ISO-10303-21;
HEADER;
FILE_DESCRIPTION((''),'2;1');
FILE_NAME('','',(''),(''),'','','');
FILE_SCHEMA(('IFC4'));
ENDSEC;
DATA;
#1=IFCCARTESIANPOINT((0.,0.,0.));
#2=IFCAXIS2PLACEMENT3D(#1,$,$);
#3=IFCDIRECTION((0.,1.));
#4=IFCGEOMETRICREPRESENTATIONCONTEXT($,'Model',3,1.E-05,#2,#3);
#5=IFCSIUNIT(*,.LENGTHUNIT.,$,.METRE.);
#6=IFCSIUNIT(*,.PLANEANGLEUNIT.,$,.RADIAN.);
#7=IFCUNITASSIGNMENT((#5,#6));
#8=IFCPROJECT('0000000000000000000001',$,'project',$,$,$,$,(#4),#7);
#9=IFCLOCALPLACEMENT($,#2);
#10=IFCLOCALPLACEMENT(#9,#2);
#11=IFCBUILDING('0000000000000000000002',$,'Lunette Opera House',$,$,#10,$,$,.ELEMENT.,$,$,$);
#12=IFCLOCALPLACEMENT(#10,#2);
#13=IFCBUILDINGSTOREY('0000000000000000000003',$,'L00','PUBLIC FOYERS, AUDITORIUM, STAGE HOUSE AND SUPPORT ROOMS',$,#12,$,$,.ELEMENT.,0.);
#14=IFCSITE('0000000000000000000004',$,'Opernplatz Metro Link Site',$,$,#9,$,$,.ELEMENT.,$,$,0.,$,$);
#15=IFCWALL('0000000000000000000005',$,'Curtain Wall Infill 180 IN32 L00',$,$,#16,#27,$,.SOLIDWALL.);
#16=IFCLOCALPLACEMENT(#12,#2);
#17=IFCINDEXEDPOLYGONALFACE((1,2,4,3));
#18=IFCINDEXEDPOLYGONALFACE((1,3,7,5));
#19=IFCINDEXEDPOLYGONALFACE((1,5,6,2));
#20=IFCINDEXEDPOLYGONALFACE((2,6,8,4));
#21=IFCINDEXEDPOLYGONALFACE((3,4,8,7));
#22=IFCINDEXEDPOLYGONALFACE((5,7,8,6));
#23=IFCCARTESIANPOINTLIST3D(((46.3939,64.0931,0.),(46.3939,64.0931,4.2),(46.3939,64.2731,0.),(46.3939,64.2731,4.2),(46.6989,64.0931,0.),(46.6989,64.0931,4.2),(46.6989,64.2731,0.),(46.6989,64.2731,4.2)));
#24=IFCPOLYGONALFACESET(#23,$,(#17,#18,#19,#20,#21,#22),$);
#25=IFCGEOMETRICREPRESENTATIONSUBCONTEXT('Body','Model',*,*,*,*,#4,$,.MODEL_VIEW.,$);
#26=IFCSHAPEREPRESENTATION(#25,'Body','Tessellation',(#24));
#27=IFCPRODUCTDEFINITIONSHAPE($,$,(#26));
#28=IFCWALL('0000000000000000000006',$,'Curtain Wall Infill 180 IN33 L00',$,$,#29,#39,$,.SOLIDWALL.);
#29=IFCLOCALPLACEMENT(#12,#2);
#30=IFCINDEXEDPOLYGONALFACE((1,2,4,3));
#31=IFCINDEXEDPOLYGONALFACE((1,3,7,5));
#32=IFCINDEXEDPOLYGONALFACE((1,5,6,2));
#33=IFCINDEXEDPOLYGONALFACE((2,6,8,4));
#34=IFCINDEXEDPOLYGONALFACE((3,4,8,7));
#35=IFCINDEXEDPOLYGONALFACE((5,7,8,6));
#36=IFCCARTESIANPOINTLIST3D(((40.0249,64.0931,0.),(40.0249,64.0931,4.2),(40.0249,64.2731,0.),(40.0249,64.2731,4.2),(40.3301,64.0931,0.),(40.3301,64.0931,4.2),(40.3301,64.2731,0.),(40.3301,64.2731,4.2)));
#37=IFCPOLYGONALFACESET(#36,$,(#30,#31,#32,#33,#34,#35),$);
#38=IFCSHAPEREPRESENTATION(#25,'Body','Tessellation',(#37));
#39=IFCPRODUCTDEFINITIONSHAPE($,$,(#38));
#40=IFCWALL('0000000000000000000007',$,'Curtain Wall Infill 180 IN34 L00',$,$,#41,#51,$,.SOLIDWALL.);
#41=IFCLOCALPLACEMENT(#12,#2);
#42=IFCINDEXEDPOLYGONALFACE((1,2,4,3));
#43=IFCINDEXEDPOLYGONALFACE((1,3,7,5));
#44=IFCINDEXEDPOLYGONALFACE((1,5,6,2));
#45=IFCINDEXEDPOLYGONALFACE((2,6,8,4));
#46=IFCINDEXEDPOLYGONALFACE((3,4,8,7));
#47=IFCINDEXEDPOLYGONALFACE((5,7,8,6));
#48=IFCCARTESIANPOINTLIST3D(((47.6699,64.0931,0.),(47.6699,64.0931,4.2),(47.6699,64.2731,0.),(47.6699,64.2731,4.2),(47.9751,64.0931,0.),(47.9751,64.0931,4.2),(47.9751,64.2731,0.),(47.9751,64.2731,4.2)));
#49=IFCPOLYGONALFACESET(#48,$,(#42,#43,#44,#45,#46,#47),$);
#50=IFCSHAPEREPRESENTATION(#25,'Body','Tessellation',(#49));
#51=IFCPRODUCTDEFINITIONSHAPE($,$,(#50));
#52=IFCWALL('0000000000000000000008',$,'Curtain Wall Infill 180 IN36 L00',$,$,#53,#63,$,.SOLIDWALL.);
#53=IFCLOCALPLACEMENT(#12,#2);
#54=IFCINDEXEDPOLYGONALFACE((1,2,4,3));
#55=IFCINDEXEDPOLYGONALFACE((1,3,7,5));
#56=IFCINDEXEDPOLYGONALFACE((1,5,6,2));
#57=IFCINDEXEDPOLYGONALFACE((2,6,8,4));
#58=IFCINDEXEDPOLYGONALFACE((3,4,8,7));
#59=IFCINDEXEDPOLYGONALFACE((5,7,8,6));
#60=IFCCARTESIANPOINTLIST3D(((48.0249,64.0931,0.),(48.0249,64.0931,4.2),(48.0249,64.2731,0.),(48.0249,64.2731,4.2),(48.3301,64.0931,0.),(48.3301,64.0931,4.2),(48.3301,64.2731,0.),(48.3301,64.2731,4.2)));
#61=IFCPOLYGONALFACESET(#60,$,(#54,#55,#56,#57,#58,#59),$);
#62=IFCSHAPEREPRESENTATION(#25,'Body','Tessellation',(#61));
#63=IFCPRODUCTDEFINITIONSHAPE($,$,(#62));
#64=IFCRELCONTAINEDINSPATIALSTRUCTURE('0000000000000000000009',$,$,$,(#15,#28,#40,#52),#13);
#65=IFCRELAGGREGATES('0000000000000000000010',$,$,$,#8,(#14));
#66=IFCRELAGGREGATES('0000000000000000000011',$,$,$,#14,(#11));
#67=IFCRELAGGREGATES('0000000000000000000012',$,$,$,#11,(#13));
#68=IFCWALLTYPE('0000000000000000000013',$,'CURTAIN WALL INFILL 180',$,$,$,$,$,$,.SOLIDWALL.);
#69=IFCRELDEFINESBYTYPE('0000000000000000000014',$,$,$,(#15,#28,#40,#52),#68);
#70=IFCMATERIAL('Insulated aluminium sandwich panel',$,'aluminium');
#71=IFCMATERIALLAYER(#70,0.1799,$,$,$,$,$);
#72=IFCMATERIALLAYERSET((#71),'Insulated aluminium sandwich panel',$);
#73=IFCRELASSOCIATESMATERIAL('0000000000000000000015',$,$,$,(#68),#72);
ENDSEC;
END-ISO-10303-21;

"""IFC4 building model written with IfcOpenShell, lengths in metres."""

from ifc_helpers import new_model, si_unit, direction, frame, frame_2d, origin, place, context, subcontext, project, spatial, rectangle, extrude, material, layer, layer_set, type_object, element, save


model = new_model("IFC4")

# Units and contexts
model_context = context("Model", 3, precision=1e-05, world=origin(), true_north=direction((0.0, 1.0)))
body_context = subcontext(model_context, "Body", "Model", "MODEL_VIEW")
ifc_project = project(units=[si_unit("LENGTHUNIT", "METRE"), si_unit("PLANEANGLEUNIT", "RADIAN")], contexts=[model_context])

# Site, building, storey
site_placement = place(None, origin())
site = spatial("IfcSite", under=ifc_project, at=site_placement, Name="Opernplatz Metro Link Site", CompositionType="ELEMENT", RefElevation=0.0)
building_placement = place(site_placement, origin())
building = spatial("IfcBuilding", under=site, at=building_placement, Name="Lunette Opera House", CompositionType="ELEMENT")
storey_placement = place(building_placement, origin())
storey = spatial("IfcBuildingStorey", under=building, at=storey_placement, Name="L00", Description="PUBLIC FOYERS, AUDITORIUM, STAGE HOUSE AND SUPPORT ROOMS", CompositionType="ELEMENT", Elevation=0.0)

# Walls
ifc_material_1 = material(Name="Insulated aluminium sandwich panel", Category="aluminium")
ifc_layer_1 = layer(ifc_material_1, 0.1799)
ifc_layer_set_1 = layer_set([ifc_layer_1], Name="Insulated aluminium sandwich panel")
wall_type = type_object("IfcWallType", Name="CURTAIN WALL INFILL 180", PredefinedType="SOLIDWALL", material=ifc_layer_set_1)
wall_placement = place(storey_placement, frame((46.394, 64.1831, 0.0), z_axis=(0.0, 0.0, 1.0), x_axis=(1.0, 0.0, 0.0)))
element("IfcWall", 1, at=wall_placement, inside=storey, type_object=wall_type, Name="Curtain Wall Infill 180 IN32 L00", PredefinedType="SOLIDWALL", context=body_context, shape_type="SweptSolid", body=[
    extrude(rectangle(XDim=0.3049, YDim=0.1799, at=frame_2d((0.1523, 0.0))), origin(), (0.0, 0.0, 1.0), 4.2),
])
for number, where, z_axis, x_axis, name in (
    (2, (40.3301, 64.1831, 0.0), (0.0, 0.0, 1.0), (-1.0, 0.0, 0.0), "Curtain Wall Infill 180 IN33 L00"),
    (3, (47.6699, 64.1831, 0.0), (0.0, 0.0, 1.0), (1.0, 0.0, 0.0), "Curtain Wall Infill 180 IN34 L00"),
    (4, (48.3301, 64.1831, 0.0), (0.0, 0.0, 1.0), (-1.0, 0.0, 0.0), "Curtain Wall Infill 180 IN36 L00"),
):
    element("IfcWall", number, at=place(storey_placement, frame(where, z_axis=z_axis, x_axis=x_axis)), inside=storey, type_object=wall_type, Name=name, PredefinedType="SOLIDWALL", context=body_context, shape_type="SweptSolid", body=[
        extrude(rectangle(XDim=0.3052, YDim=0.1799, at=frame_2d((0.1526, 0.0))), origin(), (0.0, 0.0, 1.0), 4.2),
    ])

save(model, "model.ifc")
